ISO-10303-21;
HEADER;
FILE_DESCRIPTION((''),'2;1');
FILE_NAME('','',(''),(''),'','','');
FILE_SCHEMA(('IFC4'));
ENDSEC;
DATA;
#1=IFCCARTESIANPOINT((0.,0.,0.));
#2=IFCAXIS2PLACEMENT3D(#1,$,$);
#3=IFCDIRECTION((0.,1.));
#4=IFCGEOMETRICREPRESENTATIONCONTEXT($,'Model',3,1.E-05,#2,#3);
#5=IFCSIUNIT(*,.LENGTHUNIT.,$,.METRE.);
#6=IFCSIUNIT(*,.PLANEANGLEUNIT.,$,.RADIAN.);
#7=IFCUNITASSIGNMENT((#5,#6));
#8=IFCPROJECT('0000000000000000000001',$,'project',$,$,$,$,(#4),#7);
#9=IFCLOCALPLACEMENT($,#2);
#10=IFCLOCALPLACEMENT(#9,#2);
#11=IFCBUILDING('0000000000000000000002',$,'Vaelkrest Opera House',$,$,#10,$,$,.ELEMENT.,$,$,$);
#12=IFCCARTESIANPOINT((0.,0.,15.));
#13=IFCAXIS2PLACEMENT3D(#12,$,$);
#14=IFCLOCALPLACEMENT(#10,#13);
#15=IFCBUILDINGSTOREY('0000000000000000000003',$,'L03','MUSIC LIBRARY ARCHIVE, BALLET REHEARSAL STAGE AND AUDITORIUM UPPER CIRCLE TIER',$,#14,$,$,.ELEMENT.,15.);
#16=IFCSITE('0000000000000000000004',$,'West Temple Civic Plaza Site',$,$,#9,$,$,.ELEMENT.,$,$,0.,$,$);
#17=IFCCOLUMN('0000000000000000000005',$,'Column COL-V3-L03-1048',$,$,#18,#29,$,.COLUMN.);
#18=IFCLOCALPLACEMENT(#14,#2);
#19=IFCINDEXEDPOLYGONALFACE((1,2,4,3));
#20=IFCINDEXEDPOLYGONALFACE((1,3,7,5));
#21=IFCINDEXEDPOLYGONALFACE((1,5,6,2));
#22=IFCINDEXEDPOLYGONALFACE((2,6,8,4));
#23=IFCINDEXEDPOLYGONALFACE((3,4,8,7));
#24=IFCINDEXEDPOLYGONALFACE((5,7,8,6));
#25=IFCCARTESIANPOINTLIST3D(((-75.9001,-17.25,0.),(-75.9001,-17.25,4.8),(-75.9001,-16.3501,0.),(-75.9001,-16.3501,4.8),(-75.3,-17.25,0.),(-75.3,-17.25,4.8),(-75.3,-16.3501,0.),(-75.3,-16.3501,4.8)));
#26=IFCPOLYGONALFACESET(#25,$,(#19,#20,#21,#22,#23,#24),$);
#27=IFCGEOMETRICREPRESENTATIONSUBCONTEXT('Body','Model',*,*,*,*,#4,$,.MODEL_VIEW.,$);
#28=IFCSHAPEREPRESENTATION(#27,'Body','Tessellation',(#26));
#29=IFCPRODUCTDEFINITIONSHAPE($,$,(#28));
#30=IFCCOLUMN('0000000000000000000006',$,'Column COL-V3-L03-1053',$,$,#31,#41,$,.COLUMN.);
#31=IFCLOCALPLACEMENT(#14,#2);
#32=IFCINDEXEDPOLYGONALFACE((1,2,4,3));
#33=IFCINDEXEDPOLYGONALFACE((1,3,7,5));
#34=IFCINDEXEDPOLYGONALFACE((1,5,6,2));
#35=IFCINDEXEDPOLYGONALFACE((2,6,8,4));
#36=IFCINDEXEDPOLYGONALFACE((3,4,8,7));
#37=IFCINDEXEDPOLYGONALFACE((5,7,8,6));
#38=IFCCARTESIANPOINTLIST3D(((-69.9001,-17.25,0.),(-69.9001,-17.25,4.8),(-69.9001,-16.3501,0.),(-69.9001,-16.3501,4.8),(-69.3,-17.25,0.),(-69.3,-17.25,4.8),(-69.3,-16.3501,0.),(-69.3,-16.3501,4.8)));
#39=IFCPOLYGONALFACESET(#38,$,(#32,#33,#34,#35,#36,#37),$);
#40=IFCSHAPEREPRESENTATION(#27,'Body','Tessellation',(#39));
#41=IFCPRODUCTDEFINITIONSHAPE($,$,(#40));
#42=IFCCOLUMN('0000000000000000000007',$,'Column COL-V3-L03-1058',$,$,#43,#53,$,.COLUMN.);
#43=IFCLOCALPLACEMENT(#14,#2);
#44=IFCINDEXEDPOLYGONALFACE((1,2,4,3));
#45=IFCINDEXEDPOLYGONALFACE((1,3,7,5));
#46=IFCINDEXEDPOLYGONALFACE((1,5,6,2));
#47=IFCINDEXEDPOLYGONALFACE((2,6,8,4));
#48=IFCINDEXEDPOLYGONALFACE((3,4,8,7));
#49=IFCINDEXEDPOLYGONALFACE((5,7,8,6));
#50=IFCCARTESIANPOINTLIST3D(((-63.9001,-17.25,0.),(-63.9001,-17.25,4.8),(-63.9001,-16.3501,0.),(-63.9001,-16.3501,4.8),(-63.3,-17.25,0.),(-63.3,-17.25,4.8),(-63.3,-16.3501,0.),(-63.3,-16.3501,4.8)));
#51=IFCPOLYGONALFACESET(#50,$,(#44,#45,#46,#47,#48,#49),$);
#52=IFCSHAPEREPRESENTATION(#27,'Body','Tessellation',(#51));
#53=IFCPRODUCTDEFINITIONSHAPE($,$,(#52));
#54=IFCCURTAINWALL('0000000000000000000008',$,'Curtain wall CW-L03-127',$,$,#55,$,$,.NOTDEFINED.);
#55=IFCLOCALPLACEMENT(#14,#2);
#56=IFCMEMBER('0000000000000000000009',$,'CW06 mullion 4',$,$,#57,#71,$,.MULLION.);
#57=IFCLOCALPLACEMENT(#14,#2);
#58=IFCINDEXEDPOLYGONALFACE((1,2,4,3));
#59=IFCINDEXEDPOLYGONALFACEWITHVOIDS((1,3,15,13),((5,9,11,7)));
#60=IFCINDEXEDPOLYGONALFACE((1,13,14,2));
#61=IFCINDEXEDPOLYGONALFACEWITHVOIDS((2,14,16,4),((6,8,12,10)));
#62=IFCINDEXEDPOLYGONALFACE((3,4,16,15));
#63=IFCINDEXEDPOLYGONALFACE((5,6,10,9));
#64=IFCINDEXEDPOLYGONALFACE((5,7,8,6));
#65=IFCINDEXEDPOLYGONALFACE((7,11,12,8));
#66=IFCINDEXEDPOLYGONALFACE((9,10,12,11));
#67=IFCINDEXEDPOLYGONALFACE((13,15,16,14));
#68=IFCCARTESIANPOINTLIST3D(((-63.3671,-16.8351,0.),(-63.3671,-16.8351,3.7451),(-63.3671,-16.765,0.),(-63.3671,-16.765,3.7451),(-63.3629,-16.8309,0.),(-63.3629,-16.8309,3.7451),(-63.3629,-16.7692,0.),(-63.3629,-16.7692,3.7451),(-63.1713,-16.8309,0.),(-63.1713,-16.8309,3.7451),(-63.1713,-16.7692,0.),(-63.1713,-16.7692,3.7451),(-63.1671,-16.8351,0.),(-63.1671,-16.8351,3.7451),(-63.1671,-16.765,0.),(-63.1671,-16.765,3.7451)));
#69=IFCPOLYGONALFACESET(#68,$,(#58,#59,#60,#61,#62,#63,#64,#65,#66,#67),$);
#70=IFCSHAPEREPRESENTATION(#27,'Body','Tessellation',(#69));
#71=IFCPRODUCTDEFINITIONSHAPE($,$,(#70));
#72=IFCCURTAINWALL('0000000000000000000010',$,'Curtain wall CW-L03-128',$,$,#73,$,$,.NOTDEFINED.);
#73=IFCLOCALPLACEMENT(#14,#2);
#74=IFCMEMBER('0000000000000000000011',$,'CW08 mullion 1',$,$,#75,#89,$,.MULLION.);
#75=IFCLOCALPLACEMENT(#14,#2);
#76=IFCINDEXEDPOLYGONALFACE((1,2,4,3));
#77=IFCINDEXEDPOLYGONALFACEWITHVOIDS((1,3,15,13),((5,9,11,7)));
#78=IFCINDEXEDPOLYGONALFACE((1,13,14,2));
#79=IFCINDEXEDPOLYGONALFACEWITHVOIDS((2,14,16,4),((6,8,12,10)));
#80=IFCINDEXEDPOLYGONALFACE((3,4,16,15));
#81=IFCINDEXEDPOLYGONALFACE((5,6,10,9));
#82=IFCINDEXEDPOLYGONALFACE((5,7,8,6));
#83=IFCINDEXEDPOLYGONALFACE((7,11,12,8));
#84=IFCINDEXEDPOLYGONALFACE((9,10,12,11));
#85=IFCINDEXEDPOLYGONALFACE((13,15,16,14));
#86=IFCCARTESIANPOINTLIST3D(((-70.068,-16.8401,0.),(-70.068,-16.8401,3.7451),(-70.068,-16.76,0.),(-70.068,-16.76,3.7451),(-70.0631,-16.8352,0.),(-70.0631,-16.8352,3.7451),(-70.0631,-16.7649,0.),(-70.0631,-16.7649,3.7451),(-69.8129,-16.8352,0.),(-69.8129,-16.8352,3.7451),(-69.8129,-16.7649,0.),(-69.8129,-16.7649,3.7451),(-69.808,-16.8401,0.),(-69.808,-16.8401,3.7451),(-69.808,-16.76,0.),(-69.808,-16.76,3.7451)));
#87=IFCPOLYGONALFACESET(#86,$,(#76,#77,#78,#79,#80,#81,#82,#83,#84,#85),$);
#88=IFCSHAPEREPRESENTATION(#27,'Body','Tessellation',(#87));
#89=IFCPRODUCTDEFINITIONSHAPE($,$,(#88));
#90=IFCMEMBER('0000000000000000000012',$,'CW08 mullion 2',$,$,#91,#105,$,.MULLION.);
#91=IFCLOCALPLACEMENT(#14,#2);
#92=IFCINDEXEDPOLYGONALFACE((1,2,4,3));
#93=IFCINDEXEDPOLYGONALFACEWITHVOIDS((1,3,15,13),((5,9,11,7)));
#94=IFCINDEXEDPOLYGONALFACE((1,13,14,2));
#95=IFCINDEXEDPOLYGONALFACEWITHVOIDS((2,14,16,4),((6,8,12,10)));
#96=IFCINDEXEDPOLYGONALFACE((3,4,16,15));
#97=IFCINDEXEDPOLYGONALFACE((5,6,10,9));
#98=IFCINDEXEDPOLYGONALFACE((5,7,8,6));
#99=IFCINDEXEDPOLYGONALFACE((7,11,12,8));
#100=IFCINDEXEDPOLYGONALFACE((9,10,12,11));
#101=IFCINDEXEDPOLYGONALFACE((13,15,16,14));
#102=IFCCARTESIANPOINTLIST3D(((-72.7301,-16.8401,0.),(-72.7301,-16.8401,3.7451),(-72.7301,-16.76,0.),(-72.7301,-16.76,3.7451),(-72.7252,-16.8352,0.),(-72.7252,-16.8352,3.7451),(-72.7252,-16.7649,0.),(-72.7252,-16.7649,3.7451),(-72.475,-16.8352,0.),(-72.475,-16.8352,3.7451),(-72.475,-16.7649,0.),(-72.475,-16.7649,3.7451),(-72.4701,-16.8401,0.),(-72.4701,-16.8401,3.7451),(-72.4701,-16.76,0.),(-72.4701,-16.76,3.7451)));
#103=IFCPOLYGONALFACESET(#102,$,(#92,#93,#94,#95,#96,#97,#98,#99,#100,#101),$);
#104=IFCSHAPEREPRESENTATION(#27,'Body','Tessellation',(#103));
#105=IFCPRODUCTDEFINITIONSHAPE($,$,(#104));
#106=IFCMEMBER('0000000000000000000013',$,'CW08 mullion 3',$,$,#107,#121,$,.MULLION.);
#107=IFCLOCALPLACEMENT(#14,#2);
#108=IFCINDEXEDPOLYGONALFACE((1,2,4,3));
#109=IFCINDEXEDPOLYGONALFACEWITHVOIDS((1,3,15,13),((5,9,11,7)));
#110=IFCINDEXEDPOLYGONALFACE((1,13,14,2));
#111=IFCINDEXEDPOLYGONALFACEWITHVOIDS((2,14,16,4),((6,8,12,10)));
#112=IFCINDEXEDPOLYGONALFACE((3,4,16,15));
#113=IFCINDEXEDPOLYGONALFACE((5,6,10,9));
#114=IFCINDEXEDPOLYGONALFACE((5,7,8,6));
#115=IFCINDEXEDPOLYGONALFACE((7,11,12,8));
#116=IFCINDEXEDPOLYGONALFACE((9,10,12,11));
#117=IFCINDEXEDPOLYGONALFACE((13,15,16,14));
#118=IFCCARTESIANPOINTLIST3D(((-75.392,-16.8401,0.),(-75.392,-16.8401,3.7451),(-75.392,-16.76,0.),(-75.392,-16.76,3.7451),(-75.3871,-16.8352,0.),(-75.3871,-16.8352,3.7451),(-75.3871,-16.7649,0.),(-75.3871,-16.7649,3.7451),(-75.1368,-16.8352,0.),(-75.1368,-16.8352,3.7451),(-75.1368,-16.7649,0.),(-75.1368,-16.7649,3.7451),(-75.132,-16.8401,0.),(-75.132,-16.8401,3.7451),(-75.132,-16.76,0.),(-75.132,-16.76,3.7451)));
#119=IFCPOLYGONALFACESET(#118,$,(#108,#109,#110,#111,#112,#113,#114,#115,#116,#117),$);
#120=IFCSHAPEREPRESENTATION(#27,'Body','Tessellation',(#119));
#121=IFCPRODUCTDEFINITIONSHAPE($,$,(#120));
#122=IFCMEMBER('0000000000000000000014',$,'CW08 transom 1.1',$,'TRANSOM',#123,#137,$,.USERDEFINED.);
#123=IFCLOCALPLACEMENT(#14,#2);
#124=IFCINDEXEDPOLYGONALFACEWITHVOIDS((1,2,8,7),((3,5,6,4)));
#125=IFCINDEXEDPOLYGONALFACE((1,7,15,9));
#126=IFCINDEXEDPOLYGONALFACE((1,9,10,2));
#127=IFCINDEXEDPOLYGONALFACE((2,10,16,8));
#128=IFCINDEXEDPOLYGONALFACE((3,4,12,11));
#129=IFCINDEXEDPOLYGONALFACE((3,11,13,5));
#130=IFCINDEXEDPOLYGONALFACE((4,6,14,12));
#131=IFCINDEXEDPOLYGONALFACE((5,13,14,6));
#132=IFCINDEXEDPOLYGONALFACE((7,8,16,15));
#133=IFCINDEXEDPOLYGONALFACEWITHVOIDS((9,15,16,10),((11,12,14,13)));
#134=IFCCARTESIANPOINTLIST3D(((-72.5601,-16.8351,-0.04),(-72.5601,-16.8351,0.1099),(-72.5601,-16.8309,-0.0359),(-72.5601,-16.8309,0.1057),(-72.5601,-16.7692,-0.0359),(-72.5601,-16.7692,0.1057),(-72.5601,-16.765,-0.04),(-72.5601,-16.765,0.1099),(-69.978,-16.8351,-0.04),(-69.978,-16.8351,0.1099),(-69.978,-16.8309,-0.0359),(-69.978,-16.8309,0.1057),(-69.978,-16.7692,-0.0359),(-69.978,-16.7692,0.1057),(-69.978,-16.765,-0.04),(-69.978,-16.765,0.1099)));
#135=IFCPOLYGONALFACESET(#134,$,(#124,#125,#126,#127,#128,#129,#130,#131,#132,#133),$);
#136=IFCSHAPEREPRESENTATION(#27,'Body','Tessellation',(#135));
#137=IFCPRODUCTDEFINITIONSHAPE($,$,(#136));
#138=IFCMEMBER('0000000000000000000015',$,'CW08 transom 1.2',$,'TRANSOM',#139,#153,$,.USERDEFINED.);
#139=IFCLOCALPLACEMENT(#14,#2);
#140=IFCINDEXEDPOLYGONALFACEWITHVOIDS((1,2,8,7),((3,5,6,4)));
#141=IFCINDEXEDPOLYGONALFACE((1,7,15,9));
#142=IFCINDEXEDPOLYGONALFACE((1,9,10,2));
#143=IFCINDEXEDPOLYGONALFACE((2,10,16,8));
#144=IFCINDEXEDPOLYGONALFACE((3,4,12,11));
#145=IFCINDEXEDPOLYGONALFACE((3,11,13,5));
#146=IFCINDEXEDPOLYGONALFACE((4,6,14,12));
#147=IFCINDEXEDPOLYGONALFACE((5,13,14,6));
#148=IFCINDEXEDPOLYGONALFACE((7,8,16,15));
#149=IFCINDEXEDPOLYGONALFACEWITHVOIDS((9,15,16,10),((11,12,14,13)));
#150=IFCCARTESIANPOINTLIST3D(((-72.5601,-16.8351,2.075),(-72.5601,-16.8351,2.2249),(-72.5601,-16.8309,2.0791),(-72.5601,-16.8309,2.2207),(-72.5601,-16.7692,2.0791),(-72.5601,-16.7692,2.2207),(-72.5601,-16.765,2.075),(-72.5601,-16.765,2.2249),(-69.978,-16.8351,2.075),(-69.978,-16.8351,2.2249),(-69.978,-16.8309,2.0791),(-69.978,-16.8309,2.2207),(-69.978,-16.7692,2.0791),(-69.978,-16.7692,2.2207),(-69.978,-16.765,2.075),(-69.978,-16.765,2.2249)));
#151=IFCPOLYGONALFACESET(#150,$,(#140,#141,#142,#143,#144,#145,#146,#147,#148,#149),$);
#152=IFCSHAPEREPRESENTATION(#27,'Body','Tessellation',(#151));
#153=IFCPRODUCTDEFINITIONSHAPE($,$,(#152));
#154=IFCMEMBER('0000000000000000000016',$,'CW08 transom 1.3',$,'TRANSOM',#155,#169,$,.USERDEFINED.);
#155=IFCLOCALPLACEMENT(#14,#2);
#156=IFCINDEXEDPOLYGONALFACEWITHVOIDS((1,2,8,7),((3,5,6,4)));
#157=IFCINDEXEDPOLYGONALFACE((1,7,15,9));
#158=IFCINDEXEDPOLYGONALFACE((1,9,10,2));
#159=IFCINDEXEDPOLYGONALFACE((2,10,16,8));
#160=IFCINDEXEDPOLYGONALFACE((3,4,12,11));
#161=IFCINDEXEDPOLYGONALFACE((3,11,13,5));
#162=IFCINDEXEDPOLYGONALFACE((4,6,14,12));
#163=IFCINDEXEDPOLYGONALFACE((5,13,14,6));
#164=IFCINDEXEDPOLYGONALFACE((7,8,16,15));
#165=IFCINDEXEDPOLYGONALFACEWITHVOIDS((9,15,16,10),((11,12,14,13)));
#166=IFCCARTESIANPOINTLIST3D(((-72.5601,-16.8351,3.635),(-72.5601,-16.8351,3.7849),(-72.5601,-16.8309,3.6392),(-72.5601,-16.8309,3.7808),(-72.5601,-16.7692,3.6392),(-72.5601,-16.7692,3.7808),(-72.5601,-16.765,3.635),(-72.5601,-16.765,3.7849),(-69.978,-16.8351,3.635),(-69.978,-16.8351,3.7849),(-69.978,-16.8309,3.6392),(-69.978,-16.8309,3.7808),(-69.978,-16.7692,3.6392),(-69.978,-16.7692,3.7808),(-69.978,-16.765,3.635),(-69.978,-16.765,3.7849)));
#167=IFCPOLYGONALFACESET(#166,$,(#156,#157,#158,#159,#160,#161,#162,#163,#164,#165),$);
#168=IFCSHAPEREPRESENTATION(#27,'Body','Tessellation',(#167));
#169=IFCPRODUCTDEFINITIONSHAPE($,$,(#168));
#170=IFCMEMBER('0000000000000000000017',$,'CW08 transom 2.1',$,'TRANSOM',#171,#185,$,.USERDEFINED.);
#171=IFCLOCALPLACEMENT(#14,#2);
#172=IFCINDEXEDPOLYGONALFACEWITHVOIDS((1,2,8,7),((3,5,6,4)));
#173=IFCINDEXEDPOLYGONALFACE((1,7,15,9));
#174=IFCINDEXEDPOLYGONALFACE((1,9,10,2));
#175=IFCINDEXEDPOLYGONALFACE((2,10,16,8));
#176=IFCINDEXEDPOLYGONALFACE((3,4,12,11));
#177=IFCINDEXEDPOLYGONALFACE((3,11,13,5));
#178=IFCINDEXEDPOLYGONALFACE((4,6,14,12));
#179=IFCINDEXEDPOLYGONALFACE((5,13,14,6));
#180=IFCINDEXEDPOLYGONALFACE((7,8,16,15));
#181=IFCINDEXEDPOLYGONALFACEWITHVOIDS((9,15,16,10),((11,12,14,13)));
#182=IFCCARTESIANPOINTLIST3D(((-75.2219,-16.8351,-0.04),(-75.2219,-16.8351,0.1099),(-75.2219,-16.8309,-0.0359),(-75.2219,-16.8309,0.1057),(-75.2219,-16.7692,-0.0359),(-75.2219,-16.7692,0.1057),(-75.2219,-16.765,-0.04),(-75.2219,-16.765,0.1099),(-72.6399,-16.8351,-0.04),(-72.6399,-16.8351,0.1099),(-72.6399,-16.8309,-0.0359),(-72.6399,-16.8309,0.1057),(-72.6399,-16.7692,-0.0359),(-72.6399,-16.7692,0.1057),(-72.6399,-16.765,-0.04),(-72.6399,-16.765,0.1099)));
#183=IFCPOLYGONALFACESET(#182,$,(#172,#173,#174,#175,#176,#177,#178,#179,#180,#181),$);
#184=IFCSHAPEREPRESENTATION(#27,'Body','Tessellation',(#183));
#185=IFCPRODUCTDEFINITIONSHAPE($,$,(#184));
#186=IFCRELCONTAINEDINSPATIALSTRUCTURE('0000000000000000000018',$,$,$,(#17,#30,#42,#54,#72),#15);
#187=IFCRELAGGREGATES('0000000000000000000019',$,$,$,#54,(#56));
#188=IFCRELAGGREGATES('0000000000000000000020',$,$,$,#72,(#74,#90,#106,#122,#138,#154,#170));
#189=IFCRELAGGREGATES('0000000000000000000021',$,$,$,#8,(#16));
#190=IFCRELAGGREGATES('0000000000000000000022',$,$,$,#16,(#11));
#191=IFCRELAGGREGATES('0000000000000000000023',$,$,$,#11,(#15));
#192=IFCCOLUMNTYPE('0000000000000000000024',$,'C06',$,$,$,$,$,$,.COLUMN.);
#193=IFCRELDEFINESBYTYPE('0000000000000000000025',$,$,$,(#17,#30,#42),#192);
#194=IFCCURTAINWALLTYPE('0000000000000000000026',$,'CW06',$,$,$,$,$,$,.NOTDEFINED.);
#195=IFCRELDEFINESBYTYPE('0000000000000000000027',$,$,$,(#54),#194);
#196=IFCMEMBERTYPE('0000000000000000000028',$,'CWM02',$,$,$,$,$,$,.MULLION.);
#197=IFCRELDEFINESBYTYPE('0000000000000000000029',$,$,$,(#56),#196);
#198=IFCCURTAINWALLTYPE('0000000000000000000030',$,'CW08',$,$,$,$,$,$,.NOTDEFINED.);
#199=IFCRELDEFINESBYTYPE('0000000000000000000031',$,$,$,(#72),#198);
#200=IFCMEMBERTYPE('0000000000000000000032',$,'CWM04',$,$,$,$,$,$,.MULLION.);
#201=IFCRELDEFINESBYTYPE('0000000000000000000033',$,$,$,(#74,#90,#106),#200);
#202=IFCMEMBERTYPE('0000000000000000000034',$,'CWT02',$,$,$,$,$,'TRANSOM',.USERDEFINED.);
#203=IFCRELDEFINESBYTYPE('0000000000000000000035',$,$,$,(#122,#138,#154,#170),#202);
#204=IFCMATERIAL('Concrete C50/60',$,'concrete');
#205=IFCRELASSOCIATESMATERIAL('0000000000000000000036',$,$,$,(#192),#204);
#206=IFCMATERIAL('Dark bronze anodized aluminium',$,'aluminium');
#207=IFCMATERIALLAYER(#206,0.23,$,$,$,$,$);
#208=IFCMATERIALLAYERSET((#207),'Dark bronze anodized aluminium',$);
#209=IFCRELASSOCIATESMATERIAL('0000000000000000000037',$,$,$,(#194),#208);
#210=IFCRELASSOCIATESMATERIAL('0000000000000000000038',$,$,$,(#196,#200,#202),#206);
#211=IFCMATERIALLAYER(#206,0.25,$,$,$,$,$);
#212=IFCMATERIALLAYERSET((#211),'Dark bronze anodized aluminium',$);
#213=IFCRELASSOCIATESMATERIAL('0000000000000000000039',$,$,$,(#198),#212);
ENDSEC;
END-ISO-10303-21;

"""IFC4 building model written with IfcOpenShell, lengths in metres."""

from ifc_helpers import new_model, si_unit, direction, frame, origin, origin_2d, place, context, subcontext, project, spatial, rectangle, hollow_rectangle, extrude, material, layer, layer_set, material_profile, profile_set, type_object, element, aggregate, save


model = new_model("IFC4")

# Units and contexts
model_context = context("Model", 3, precision=1e-05, world=origin(), true_north=direction((0.0, 1.0)))
body_context = subcontext(model_context, "Body", "Model", "MODEL_VIEW")
ifc_project = project(units=[si_unit("LENGTHUNIT", "METRE"), si_unit("PLANEANGLEUNIT", "RADIAN")], contexts=[model_context])

# Site, building, storey
site_placement = place(None, origin())
site = spatial("IfcSite", under=ifc_project, at=site_placement, Name="West Temple Civic Plaza Site", CompositionType="ELEMENT", RefElevation=0.0)
building_placement = place(site_placement, origin())
building = spatial("IfcBuilding", under=site, at=building_placement, Name="Vaelkrest Opera House", CompositionType="ELEMENT")
storey_placement = place(building_placement, frame((0.0, 0.0, 15.0)))
storey = spatial("IfcBuildingStorey", under=building, at=storey_placement, Name="L03", Description="MUSIC LIBRARY ARCHIVE, BALLET REHEARSAL STAGE AND AUDITORIUM UPPER CIRCLE TIER", CompositionType="ELEMENT", Elevation=15.0)

# Columns
ifc_material_1 = material(Name="Concrete C50/60", Category="concrete")
ifc_material_profile_1 = material_profile(ifc_material_1, rectangle(XDim=0.6001, YDim=0.8999, at=origin_2d()), Name="RC600X900")
ifc_profile_set_1 = profile_set([ifc_material_profile_1], Name="Concrete C50/60")
column_type = type_object("IfcColumnType", Name="C06", PredefinedType="COLUMN", material=ifc_profile_set_1)
for number, where, z_axis, x_axis, name in (
    (1, (-75.6001, -16.8, 0.0), (0.0, 0.0, 1.0), (1.0, 0.0, 0.0), "Column COL-V3-L03-1048"),
    (2, (-69.6001, -16.8, 0.0), (0.0, 0.0, 1.0), (1.0, 0.0, 0.0), "Column COL-V3-L03-1053"),
    (3, (-63.6001, -16.8, 0.0), (0.0, 0.0, 1.0), (1.0, 0.0, 0.0), "Column COL-V3-L03-1058"),
):
    element("IfcColumn", number, at=place(storey_placement, frame(where, z_axis=z_axis, x_axis=x_axis)), inside=storey, type_object=column_type, Name=name, PredefinedType="COLUMN", context=body_context, shape_type="SweptSolid", body=[
        extrude(rectangle(XDim=0.6001, YDim=0.8999, at=origin_2d()), origin(), (0.0, 0.0, 1.0), 4.8),
    ])

# Curtain wall, member
ifc_material_2 = material(Name="Dark bronze anodized aluminium", Category="aluminium")
ifc_layer_1 = layer(ifc_material_2, 0.23)
ifc_layer_set_1 = layer_set([ifc_layer_1], Name="Dark bronze anodized aluminium")
curtain_wall_type_1 = type_object("IfcCurtainWallType", Name="CW06", PredefinedType="NOTDEFINED", material=ifc_layer_set_1)
curtain_wall_1_placement = place(storey_placement, origin())
curtain_wall_1 = element("IfcCurtainWall", 4, at=curtain_wall_1_placement, inside=storey, type_object=curtain_wall_type_1, Name="Curtain wall CW-L03-127", PredefinedType="NOTDEFINED")
ifc_material_profile_2 = material_profile(ifc_material_2, hollow_rectangle(XDim=0.0701, YDim=0.2, WallThickness=0.0042, at=origin_2d()), Name="CWM70X200")
ifc_profile_set_2 = profile_set([ifc_material_profile_2], Name="Dark bronze anodized aluminium")
member_type_1 = type_object("IfcMemberType", Name="CWM02", PredefinedType="MULLION", material=ifc_profile_set_2)
member_1_placement = place(storey_placement, frame((-63.2671, -16.8, 0.0), z_axis=(0.0, 0.0, 1.0), x_axis=(0.0, -1.0, 0.0)))
member_1 = element("IfcMember", 5, at=member_1_placement, type_object=member_type_1, Name="CW06 mullion 4", PredefinedType="MULLION", context=body_context, shape_type="SweptSolid", body=[
    extrude(hollow_rectangle(XDim=0.0701, YDim=0.2, WallThickness=0.0042, at=origin_2d()), origin(), (0.0, 0.0, 1.0), 3.7451),
])

# Curtain wall, members
ifc_layer_2 = layer(ifc_material_2, 0.25)
ifc_layer_set_2 = layer_set([ifc_layer_2], Name="Dark bronze anodized aluminium")
curtain_wall_type_2 = type_object("IfcCurtainWallType", Name="CW08", PredefinedType="NOTDEFINED", material=ifc_layer_set_2)
curtain_wall_2_placement = place(storey_placement, origin())
curtain_wall_2 = element("IfcCurtainWall", 6, at=curtain_wall_2_placement, inside=storey, type_object=curtain_wall_type_2, Name="Curtain wall CW-L03-128", PredefinedType="NOTDEFINED")
ifc_material_profile_3 = material_profile(ifc_material_2, hollow_rectangle(XDim=0.0801, YDim=0.26, WallThickness=0.0049, at=origin_2d()), Name="CWM80X260")
ifc_profile_set_3 = profile_set([ifc_material_profile_3], Name="Dark bronze anodized aluminium")
member_type_2 = type_object("IfcMemberType", Name="CWM04", PredefinedType="MULLION", material=ifc_profile_set_3)
member_2_placement = place(storey_placement, frame((-69.938, -16.8, 0.0), z_axis=(0.0, 0.0, 1.0), x_axis=(0.0, -1.0, 0.0)))
member_2 = element("IfcMember", 7, at=member_2_placement, type_object=member_type_2, Name="CW08 mullion 1", PredefinedType="MULLION", context=body_context, shape_type="SweptSolid", body=[
    extrude(hollow_rectangle(XDim=0.0801, YDim=0.26, WallThickness=0.0049, at=origin_2d()), origin(), (0.0, 0.0, 1.0), 3.7451),
])
member_3_placement = place(storey_placement, frame((-72.6001, -16.8, 0.0), z_axis=(0.0, 0.0, 1.0), x_axis=(0.0, -1.0, 0.0)))
member_3 = element("IfcMember", 8, at=member_3_placement, type_object=member_type_2, Name="CW08 mullion 2", PredefinedType="MULLION", context=body_context, shape_type="SweptSolid", body=[
    extrude(hollow_rectangle(XDim=0.0801, YDim=0.26, WallThickness=0.0049, at=origin_2d()), origin(), (0.0, 0.0, 1.0), 3.7451),
])
member_4_placement = place(storey_placement, frame((-75.262, -16.8, 0.0), z_axis=(0.0, 0.0, 1.0), x_axis=(0.0, -1.0, 0.0)))
member_4 = element("IfcMember", 9, at=member_4_placement, type_object=member_type_2, Name="CW08 mullion 3", PredefinedType="MULLION", context=body_context, shape_type="SweptSolid", body=[
    extrude(hollow_rectangle(XDim=0.0801, YDim=0.26, WallThickness=0.0049, at=origin_2d()), origin(), (0.0, 0.0, 1.0), 3.7451),
])
ifc_material_profile_4 = material_profile(ifc_material_2, hollow_rectangle(XDim=0.0701, YDim=0.1499, WallThickness=0.0042, at=origin_2d()), Name="CWT70X150")
ifc_profile_set_4 = profile_set([ifc_material_profile_4], Name="Dark bronze anodized aluminium")
member_type_3 = type_object("IfcMemberType", Name="CWT02", ElementType="TRANSOM", PredefinedType="USERDEFINED", material=ifc_profile_set_4)
member_5_placement = place(storey_placement, frame((-69.978, -16.8, 0.0349), z_axis=(-1.0, 0.0, 0.0), x_axis=(0.0, -1.0, 0.0)))
member_5 = element("IfcMember", 10, at=member_5_placement, type_object=member_type_3, Name="CW08 transom 1.1", ObjectType="TRANSOM", PredefinedType="USERDEFINED", context=body_context, shape_type="SweptSolid", body=[
    extrude(hollow_rectangle(XDim=0.0701, YDim=0.1499, WallThickness=0.0042, at=origin_2d()), origin(), (0.0, 0.0, 1.0), 2.582),
])
member_6_placement = place(storey_placement, frame((-69.978, -16.8, 2.1499), z_axis=(-1.0, 0.0, 0.0), x_axis=(0.0, -1.0, 0.0)))
member_6 = element("IfcMember", 11, at=member_6_placement, type_object=member_type_3, Name="CW08 transom 1.2", ObjectType="TRANSOM", PredefinedType="USERDEFINED", context=body_context, shape_type="SweptSolid", body=[
    extrude(hollow_rectangle(XDim=0.0701, YDim=0.1499, WallThickness=0.0042, at=origin_2d()), origin(), (0.0, 0.0, 1.0), 2.582),
])
member_7_placement = place(storey_placement, frame((-69.978, -16.8, 3.71), z_axis=(-1.0, 0.0, 0.0), x_axis=(0.0, -1.0, 0.0)))
member_7 = element("IfcMember", 12, at=member_7_placement, type_object=member_type_3, Name="CW08 transom 1.3", ObjectType="TRANSOM", PredefinedType="USERDEFINED", context=body_context, shape_type="SweptSolid", body=[
    extrude(hollow_rectangle(XDim=0.0701, YDim=0.1499, WallThickness=0.0042, at=origin_2d()), origin(), (0.0, 0.0, 1.0), 2.582),
])
member_8_placement = place(storey_placement, frame((-72.6399, -16.8, 0.0349), z_axis=(-1.0, 0.0, 0.0), x_axis=(0.0, -1.0, 0.0)))
member_8 = element("IfcMember", 13, at=member_8_placement, type_object=member_type_3, Name="CW08 transom 2.1", ObjectType="TRANSOM", PredefinedType="USERDEFINED", context=body_context, shape_type="SweptSolid", body=[
    extrude(hollow_rectangle(XDim=0.0701, YDim=0.1499, WallThickness=0.0042, at=origin_2d()), origin(), (0.0, 0.0, 1.0), 2.582),
])

aggregate(curtain_wall_1, [member_1])
aggregate(curtain_wall_2, [member_2, member_3, member_4, member_5, member_6, member_7, member_8])

save(model, "model.ifc")
